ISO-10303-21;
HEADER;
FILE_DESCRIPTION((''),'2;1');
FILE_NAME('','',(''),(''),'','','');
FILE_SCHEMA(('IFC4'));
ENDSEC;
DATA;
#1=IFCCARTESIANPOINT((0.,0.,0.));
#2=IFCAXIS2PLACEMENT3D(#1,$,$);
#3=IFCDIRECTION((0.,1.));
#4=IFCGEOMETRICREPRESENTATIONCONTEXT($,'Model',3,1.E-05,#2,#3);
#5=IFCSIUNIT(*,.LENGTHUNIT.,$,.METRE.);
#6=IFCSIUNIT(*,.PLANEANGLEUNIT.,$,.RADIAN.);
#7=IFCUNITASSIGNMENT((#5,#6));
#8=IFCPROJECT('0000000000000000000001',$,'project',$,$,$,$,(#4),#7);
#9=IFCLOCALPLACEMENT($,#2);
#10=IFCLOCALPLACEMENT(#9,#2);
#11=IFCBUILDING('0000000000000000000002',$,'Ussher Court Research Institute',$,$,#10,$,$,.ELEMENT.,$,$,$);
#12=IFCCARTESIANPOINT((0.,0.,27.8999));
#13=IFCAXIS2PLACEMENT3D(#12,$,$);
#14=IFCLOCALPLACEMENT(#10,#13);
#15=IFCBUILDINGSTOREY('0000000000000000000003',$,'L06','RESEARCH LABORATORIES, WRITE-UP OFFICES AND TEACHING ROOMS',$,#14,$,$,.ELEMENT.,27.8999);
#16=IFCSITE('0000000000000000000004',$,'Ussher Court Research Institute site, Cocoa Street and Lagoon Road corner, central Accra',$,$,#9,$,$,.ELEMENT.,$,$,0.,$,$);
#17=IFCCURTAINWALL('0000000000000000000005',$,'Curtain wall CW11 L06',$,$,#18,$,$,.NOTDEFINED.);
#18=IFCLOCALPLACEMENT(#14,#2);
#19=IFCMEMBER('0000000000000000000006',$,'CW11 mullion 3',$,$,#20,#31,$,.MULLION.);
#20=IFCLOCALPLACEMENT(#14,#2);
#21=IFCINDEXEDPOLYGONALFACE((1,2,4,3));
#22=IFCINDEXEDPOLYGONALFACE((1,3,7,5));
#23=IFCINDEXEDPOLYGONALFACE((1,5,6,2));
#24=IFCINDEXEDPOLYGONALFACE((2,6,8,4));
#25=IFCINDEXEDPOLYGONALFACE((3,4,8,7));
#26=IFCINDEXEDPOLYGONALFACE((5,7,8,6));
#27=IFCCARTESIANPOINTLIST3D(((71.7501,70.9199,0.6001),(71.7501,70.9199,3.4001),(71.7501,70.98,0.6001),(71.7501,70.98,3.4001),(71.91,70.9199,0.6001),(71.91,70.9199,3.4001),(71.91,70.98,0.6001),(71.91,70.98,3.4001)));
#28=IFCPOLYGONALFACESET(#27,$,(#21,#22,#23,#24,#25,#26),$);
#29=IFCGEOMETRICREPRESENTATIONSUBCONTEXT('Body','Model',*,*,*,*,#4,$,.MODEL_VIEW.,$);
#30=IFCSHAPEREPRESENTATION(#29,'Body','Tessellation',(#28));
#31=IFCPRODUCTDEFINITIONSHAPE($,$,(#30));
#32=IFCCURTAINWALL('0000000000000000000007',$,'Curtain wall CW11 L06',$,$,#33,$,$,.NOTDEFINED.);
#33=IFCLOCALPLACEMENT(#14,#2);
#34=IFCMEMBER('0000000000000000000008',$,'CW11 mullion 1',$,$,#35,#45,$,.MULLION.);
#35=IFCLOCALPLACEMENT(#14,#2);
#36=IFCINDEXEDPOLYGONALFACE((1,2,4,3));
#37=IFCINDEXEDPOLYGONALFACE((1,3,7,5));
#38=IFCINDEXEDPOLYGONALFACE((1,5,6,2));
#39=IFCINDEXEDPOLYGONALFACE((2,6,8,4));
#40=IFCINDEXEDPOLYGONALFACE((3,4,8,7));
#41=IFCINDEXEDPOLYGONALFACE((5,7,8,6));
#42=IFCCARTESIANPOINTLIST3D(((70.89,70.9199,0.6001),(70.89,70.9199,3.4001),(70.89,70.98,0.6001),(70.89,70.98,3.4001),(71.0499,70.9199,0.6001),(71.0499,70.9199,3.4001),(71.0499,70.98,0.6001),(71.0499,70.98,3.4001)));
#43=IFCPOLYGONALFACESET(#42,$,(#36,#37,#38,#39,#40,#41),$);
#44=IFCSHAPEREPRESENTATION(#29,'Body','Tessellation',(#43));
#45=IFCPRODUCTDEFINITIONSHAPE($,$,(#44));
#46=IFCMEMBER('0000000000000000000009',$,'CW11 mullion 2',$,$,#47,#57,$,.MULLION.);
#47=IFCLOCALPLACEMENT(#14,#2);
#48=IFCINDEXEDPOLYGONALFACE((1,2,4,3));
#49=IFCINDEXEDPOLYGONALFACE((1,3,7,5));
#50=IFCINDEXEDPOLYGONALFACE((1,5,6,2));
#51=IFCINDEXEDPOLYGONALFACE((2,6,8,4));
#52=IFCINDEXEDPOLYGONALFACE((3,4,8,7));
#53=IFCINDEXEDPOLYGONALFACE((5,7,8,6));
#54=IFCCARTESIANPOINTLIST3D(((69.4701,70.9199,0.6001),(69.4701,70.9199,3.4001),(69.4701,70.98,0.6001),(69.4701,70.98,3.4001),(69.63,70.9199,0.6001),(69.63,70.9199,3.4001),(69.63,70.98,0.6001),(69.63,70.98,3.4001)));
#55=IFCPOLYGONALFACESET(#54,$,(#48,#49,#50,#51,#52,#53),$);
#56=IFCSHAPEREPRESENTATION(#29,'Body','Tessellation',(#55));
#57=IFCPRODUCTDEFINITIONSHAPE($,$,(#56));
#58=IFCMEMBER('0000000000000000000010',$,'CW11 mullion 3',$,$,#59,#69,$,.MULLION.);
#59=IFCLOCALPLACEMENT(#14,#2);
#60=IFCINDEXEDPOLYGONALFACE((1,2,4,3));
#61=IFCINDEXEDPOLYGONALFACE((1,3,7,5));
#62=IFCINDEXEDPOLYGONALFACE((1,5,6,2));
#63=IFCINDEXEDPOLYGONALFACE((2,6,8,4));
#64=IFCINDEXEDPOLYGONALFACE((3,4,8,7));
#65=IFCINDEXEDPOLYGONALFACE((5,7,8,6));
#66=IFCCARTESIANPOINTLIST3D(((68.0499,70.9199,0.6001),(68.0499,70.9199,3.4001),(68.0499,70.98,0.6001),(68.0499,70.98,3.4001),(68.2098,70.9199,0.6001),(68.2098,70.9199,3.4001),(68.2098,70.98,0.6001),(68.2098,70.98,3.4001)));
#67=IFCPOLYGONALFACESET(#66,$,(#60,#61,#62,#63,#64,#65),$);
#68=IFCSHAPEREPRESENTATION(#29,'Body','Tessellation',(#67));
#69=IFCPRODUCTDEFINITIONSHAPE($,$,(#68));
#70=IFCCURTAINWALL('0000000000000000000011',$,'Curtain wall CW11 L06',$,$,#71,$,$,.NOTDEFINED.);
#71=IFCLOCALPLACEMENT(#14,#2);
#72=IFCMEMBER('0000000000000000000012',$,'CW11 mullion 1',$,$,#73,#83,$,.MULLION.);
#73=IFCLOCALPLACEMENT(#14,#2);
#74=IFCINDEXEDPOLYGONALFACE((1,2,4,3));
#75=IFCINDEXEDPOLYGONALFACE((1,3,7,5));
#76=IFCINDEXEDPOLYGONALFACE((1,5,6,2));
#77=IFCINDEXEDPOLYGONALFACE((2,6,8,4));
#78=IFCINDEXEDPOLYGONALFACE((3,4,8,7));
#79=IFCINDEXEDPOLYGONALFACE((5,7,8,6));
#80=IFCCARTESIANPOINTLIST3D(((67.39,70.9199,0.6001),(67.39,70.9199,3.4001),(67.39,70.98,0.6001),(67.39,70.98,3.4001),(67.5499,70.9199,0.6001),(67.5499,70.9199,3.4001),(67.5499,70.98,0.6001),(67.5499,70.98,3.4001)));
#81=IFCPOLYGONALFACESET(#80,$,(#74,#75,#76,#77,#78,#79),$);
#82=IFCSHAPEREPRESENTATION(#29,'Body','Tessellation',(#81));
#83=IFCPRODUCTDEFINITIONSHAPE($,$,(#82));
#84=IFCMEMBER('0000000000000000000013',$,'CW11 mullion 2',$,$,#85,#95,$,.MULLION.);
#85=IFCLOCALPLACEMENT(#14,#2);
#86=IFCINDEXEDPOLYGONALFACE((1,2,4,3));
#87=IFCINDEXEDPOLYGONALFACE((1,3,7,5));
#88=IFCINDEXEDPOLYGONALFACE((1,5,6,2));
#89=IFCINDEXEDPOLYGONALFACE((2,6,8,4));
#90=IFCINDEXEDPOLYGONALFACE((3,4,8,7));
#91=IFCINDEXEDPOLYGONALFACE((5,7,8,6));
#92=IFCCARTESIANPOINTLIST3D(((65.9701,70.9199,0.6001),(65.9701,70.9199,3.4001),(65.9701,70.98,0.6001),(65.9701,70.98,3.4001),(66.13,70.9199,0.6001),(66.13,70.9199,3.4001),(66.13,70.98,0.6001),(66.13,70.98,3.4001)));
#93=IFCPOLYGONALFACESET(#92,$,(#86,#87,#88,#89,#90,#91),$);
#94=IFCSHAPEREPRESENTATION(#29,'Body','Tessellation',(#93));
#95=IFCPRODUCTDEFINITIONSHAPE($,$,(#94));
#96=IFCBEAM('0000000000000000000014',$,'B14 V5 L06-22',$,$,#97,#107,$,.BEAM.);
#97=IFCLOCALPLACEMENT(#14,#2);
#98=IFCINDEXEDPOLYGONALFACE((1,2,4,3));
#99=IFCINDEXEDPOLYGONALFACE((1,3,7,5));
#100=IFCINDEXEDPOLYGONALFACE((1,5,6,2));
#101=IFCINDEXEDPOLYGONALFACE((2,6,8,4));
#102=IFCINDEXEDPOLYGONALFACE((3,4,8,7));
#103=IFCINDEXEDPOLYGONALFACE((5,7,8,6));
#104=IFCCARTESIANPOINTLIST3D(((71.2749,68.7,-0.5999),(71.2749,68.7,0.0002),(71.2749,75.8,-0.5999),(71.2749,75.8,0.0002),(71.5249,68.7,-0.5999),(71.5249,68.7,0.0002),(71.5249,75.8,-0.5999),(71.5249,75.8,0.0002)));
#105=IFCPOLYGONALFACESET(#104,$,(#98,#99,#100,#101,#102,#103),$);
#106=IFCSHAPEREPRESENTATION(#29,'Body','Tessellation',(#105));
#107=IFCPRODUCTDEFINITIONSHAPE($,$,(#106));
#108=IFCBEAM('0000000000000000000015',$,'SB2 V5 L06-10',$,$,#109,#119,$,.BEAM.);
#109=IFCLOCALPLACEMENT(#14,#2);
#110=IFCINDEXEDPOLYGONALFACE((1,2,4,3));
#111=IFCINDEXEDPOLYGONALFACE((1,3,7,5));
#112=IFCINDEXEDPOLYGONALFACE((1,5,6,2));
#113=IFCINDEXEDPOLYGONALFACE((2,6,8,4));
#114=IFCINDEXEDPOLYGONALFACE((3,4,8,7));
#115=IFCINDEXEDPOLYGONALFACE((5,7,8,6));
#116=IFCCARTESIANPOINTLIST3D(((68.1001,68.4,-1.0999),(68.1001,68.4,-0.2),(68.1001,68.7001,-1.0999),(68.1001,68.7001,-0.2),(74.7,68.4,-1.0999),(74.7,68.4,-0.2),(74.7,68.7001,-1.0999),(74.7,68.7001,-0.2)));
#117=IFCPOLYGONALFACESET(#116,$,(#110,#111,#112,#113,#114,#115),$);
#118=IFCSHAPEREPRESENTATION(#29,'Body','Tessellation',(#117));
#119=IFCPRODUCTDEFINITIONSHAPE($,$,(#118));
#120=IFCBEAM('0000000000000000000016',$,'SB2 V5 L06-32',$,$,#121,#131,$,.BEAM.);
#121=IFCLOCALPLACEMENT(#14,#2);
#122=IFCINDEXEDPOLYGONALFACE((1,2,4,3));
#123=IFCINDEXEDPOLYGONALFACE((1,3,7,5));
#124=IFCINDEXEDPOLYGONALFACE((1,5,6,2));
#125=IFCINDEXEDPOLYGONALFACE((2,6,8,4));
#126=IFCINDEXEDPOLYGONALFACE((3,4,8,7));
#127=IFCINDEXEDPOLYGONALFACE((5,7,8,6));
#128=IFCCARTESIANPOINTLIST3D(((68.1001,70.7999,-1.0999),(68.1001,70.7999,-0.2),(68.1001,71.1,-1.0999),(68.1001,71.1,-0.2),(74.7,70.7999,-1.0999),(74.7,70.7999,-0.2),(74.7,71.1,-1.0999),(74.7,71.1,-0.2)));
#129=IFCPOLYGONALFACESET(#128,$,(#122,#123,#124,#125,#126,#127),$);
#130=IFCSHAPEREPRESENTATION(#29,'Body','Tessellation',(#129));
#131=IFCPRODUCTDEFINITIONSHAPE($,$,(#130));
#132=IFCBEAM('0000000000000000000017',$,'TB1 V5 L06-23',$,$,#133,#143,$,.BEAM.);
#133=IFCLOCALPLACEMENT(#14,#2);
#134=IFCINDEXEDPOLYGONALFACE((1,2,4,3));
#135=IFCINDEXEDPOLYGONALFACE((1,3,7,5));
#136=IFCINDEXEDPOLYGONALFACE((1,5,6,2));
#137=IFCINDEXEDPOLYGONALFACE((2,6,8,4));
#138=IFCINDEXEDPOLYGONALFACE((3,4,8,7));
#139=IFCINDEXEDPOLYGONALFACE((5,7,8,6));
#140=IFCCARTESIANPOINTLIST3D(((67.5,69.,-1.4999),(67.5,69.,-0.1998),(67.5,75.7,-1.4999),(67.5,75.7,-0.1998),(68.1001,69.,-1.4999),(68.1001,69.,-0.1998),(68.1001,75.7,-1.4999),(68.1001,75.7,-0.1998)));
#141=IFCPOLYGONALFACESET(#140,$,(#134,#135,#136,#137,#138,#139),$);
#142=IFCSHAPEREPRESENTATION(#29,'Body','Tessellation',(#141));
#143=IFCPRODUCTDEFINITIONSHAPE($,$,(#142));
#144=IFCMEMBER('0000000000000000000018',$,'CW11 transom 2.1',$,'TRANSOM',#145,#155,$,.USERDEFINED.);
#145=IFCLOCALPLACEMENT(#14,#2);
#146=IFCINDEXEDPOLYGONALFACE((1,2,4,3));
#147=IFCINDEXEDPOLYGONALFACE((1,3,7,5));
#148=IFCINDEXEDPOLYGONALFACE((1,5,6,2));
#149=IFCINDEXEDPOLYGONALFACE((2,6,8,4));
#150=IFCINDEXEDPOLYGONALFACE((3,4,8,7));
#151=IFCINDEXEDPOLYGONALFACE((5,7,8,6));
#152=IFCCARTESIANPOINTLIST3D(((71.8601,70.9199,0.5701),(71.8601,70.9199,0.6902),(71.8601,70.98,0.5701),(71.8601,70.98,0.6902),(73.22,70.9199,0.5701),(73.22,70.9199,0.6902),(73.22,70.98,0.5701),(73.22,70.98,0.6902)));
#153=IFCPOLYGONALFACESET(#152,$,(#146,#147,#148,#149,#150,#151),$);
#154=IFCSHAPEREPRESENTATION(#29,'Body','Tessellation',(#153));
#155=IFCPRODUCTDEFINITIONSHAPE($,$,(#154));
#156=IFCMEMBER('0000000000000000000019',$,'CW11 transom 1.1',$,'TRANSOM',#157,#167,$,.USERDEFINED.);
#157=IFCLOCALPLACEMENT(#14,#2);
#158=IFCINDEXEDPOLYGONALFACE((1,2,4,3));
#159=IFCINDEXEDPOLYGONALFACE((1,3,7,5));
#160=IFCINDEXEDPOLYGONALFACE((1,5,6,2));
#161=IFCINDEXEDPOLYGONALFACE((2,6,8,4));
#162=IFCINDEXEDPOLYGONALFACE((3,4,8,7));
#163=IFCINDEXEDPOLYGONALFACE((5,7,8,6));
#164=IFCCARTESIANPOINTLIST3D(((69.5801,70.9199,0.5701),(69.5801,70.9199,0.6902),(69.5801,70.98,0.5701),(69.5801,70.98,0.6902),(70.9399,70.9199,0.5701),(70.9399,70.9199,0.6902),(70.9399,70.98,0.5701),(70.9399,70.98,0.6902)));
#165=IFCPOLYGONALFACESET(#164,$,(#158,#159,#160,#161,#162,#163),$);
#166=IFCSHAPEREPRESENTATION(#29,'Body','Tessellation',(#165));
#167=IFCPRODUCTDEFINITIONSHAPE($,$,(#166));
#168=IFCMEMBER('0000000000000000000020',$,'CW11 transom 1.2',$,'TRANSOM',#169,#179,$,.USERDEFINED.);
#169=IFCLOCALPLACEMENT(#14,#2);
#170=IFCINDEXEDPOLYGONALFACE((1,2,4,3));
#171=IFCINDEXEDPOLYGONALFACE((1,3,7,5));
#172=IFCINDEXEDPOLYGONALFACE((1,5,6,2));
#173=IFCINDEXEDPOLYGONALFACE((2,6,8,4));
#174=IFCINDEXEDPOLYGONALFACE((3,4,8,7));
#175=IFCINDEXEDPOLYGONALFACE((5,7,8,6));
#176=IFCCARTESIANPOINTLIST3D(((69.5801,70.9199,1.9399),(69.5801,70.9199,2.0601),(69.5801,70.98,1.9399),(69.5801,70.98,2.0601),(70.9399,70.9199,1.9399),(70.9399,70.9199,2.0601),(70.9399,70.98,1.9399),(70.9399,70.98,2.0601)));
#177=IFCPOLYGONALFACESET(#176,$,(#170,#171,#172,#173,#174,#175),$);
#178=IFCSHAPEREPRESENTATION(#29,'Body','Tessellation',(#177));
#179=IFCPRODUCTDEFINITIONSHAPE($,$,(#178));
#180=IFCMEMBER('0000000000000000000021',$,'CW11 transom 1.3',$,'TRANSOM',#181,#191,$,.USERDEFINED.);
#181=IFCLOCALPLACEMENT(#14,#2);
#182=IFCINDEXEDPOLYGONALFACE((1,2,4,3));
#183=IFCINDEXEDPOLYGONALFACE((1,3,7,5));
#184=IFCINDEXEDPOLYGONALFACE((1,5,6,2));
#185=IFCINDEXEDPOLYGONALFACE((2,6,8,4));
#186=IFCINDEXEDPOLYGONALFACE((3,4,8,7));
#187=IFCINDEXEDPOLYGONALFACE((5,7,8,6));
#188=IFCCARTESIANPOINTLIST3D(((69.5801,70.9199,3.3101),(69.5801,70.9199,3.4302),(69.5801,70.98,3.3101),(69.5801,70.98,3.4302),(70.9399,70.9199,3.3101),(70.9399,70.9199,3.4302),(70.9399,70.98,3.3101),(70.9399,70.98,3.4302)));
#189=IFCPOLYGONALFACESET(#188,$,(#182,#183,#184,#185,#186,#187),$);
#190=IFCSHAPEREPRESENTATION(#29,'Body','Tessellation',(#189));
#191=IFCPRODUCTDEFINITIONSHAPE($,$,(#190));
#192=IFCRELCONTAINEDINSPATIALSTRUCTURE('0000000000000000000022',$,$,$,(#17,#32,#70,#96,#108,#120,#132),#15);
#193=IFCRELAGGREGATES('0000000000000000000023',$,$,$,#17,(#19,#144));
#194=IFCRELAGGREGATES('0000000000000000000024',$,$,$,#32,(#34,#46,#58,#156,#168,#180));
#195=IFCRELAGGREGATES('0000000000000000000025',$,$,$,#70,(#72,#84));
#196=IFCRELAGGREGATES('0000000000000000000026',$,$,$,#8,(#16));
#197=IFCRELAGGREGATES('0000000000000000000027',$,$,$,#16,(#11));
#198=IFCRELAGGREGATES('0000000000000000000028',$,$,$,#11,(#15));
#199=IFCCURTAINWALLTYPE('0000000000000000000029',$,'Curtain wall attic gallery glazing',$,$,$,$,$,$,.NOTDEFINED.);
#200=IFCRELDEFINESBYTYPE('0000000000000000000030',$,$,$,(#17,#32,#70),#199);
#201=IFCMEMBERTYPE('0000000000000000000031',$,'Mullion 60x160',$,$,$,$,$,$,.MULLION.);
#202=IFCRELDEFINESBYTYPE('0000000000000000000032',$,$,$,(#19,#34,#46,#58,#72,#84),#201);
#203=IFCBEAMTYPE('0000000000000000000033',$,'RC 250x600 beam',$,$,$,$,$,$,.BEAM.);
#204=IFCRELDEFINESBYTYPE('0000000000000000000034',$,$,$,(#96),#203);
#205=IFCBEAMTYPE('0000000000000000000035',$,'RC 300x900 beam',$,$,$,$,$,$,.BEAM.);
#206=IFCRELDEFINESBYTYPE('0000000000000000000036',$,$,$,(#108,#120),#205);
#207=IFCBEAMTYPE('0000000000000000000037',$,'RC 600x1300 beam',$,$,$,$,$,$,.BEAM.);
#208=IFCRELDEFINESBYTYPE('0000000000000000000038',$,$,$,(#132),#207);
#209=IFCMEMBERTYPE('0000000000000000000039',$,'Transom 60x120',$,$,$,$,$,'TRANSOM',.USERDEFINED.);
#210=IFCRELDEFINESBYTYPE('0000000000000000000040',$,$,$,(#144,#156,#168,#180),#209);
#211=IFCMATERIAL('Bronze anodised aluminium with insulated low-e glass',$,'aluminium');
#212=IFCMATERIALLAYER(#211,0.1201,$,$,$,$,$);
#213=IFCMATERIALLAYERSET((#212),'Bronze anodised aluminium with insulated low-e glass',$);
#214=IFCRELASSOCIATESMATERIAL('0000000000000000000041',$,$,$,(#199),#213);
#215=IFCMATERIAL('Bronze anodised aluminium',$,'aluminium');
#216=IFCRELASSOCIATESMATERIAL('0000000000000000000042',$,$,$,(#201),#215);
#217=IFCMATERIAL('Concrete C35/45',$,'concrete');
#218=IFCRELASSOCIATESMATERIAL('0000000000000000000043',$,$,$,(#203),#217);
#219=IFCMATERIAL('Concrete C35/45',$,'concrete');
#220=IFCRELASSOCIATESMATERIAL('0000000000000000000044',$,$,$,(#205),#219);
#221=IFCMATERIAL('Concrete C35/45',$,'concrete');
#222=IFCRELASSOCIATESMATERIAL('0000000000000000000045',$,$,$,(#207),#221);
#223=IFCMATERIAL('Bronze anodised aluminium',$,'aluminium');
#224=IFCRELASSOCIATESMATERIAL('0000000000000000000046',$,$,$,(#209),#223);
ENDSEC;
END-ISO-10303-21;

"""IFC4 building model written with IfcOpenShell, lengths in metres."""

from ifc_helpers import new_model, si_unit, direction, frame, origin, origin_2d, place, context, subcontext, project, spatial, rectangle, extrude, material, layer, layer_set, material_profile, profile_set, type_object, element, aggregate, save


model = new_model("IFC4")

# Units and contexts
model_context = context("Model", 3, precision=1e-05, world=origin(), true_north=direction((0.0, 1.0)))
body_context = subcontext(model_context, "Body", "Model", "MODEL_VIEW")
ifc_project = project(units=[si_unit("LENGTHUNIT", "METRE"), si_unit("PLANEANGLEUNIT", "RADIAN")], contexts=[model_context])

# Site, building, storey
site_placement = place(None, origin())
site = spatial("IfcSite", under=ifc_project, at=site_placement, Name="Ussher Court Research Institute site, Cocoa Street and Lagoon Road corner, central Accra", CompositionType="ELEMENT", RefElevation=0.0)
building_placement = place(site_placement, origin())
building = spatial("IfcBuilding", under=site, at=building_placement, Name="Ussher Court Research Institute", CompositionType="ELEMENT")
storey_placement = place(building_placement, frame((0.0, 0.0, 27.8999)))
storey = spatial("IfcBuildingStorey", under=building, at=storey_placement, Name="L06", Description="RESEARCH LABORATORIES, WRITE-UP OFFICES AND TEACHING ROOMS", CompositionType="ELEMENT", Elevation=27.8999)

# Curtain wall, member
ifc_material_1 = material(Name="Bronze anodised aluminium with insulated low-e glass", Category="aluminium")
ifc_layer_1 = layer(ifc_material_1, 0.1201)
ifc_layer_set_1 = layer_set([ifc_layer_1], Name="Bronze anodised aluminium with insulated low-e glass")
curtain_wall_type = type_object("IfcCurtainWallType", Name="Curtain wall attic gallery glazing", PredefinedType="NOTDEFINED", material=ifc_layer_set_1)
curtain_wall_1_placement = place(storey_placement, origin())
curtain_wall_1 = element("IfcCurtainWall", 1, at=curtain_wall_1_placement, inside=storey, type_object=curtain_wall_type, Name="Curtain wall CW11 L06", PredefinedType="NOTDEFINED")
ifc_material_2 = material(Name="Bronze anodised aluminium", Category="aluminium")
ifc_material_profile_1 = material_profile(ifc_material_2, rectangle(XDim=0.0601, YDim=0.1599, at=origin_2d()), Name="Mullion 60x160")
ifc_profile_set_1 = profile_set([ifc_material_profile_1], Name="Bronze anodised aluminium")
member_type_1 = type_object("IfcMemberType", Name="Mullion 60x160", PredefinedType="MULLION", material=ifc_profile_set_1)
member_1_placement = place(storey_placement, frame((71.8301, 70.95, 0.6001), z_axis=(0.0, 0.0, 1.0), x_axis=(0.0, -1.0, 0.0)))
member_1 = element("IfcMember", 2, at=member_1_placement, type_object=member_type_1, Name="CW11 mullion 3", PredefinedType="MULLION", context=body_context, shape_type="SweptSolid", body=[
    extrude(rectangle(XDim=0.0601, YDim=0.1599, at=origin_2d()), origin(), (0.0, 0.0, 1.0), 2.8),
])

# Curtain walls, members
curtain_wall_2_placement = place(storey_placement, origin())
curtain_wall_2 = element("IfcCurtainWall", 3, at=curtain_wall_2_placement, inside=storey, type_object=curtain_wall_type, Name="Curtain wall CW11 L06", PredefinedType="NOTDEFINED")
member_2_placement = place(storey_placement, frame((70.97, 70.95, 0.6001), z_axis=(0.0, 0.0, 1.0), x_axis=(0.0, -1.0, 0.0)))
member_2 = element("IfcMember", 4, at=member_2_placement, type_object=member_type_1, Name="CW11 mullion 1", PredefinedType="MULLION", context=body_context, shape_type="SweptSolid", body=[
    extrude(rectangle(XDim=0.0601, YDim=0.1599, at=origin_2d()), origin(), (0.0, 0.0, 1.0), 2.8),
])
member_3_placement = place(storey_placement, frame((69.55, 70.95, 0.6001), z_axis=(0.0, 0.0, 1.0), x_axis=(0.0, -1.0, 0.0)))
member_3 = element("IfcMember", 5, at=member_3_placement, type_object=member_type_1, Name="CW11 mullion 2", PredefinedType="MULLION", context=body_context, shape_type="SweptSolid", body=[
    extrude(rectangle(XDim=0.0601, YDim=0.1599, at=origin_2d()), origin(), (0.0, 0.0, 1.0), 2.8),
])
member_4_placement = place(storey_placement, frame((68.1299, 70.95, 0.6001), z_axis=(0.0, 0.0, 1.0), x_axis=(0.0, -1.0, 0.0)))
member_4 = element("IfcMember", 6, at=member_4_placement, type_object=member_type_1, Name="CW11 mullion 3", PredefinedType="MULLION", context=body_context, shape_type="SweptSolid", body=[
    extrude(rectangle(XDim=0.0601, YDim=0.1599, at=origin_2d()), origin(), (0.0, 0.0, 1.0), 2.8),
])
curtain_wall_3_placement = place(storey_placement, origin())
curtain_wall_3 = element("IfcCurtainWall", 7, at=curtain_wall_3_placement, inside=storey, type_object=curtain_wall_type, Name="Curtain wall CW11 L06", PredefinedType="NOTDEFINED")
member_5_placement = place(storey_placement, frame((67.47, 70.95, 0.6001), z_axis=(0.0, 0.0, 1.0), x_axis=(0.0, -1.0, 0.0)))
member_5 = element("IfcMember", 8, at=member_5_placement, type_object=member_type_1, Name="CW11 mullion 1", PredefinedType="MULLION", context=body_context, shape_type="SweptSolid", body=[
    extrude(rectangle(XDim=0.0601, YDim=0.1599, at=origin_2d()), origin(), (0.0, 0.0, 1.0), 2.8),
])
member_6_placement = place(storey_placement, frame((66.05, 70.95, 0.6001), z_axis=(0.0, 0.0, 1.0), x_axis=(0.0, -1.0, 0.0)))
member_6 = element("IfcMember", 9, at=member_6_placement, type_object=member_type_1, Name="CW11 mullion 2", PredefinedType="MULLION", context=body_context, shape_type="SweptSolid", body=[
    extrude(rectangle(XDim=0.0601, YDim=0.1599, at=origin_2d()), origin(), (0.0, 0.0, 1.0), 2.8),
])

# Beams
ifc_material_3 = material(Name="Concrete C35/45", Category="concrete")
ifc_material_profile_2 = material_profile(ifc_material_3, rectangle(XDim=0.25, YDim=0.6001, at=origin_2d()), Name="RC 250x600")
ifc_profile_set_2 = profile_set([ifc_material_profile_2], Name="Concrete C35/45")
beam_type_1 = type_object("IfcBeamType", Name="RC 250x600 beam", PredefinedType="BEAM", material=ifc_profile_set_2)
beam_1_placement = place(storey_placement, frame((71.3999, 68.7, -0.2998), z_axis=(0.0, 1.0, 0.0), x_axis=(-1.0, 0.0, 0.0)))
element("IfcBeam", 10, at=beam_1_placement, inside=storey, type_object=beam_type_1, Name="B14 V5 L06-22", PredefinedType="BEAM", context=body_context, shape_type="SweptSolid", body=[
    extrude(rectangle(XDim=0.25, YDim=0.6001, at=origin_2d()), origin(), (0.0, 0.0, 1.0), 7.1001),
])
ifc_material_4 = material(Name="Concrete C35/45", Category="concrete")
ifc_material_profile_3 = material_profile(ifc_material_4, rectangle(XDim=0.3, YDim=0.8999, at=origin_2d()), Name="RC 300x900")
ifc_profile_set_3 = profile_set([ifc_material_profile_3], Name="Concrete C35/45")
beam_type_2 = type_object("IfcBeamType", Name="RC 300x900 beam", PredefinedType="BEAM", material=ifc_profile_set_3)
for number, where, z_axis, x_axis, name in (
    (11, (68.1001, 68.55, -0.6499), (1.0, 0.0, 0.0), (0.0, 1.0, 0.0), "SB2 V5 L06-10"),
    (12, (68.1001, 70.95, -0.6499), (1.0, 0.0, 0.0), (0.0, 1.0, 0.0), "SB2 V5 L06-32"),
):
    element("IfcBeam", number, at=place(storey_placement, frame(where, z_axis=z_axis, x_axis=x_axis)), inside=storey, type_object=beam_type_2, Name=name, PredefinedType="BEAM", context=body_context, shape_type="SweptSolid", body=[
        extrude(rectangle(XDim=0.3, YDim=0.8999, at=origin_2d()), origin(), (0.0, 0.0, 1.0), 6.5999),
    ])
ifc_material_5 = material(Name="Concrete C35/45", Category="concrete")
ifc_material_profile_4 = material_profile(ifc_material_5, rectangle(XDim=0.6001, YDim=1.3, at=origin_2d()), Name="RC 600x1300")
ifc_profile_set_4 = profile_set([ifc_material_profile_4], Name="Concrete C35/45")
beam_type_3 = type_object("IfcBeamType", Name="RC 600x1300 beam", PredefinedType="BEAM", material=ifc_profile_set_4)
beam_2_placement = place(storey_placement, frame((67.8, 69.0, -0.8499), z_axis=(0.0, 1.0, 0.0), x_axis=(-1.0, 0.0, 0.0)))
element("IfcBeam", 13, at=beam_2_placement, inside=storey, type_object=beam_type_3, Name="TB1 V5 L06-23", PredefinedType="BEAM", context=body_context, shape_type="SweptSolid", body=[
    extrude(rectangle(XDim=0.6001, YDim=1.3, at=origin_2d()), origin(), (0.0, 0.0, 1.0), 6.7),
])

# Members
ifc_material_6 = material(Name="Bronze anodised aluminium", Category="aluminium")
ifc_material_profile_5 = material_profile(ifc_material_6, rectangle(XDim=0.0601, YDim=0.1201, at=origin_2d()), Name="Transom 60x120")
ifc_profile_set_5 = profile_set([ifc_material_profile_5], Name="Bronze anodised aluminium")
member_type_2 = type_object("IfcMemberType", Name="Transom 60x120", ElementType="TRANSOM", PredefinedType="USERDEFINED", material=ifc_profile_set_5)
member_7_placement = place(storey_placement, frame((73.22, 70.95, 0.6301), z_axis=(-1.0, 0.0, 0.0), x_axis=(0.0, -1.0, 0.0)))
member_7 = element("IfcMember", 14, at=member_7_placement, type_object=member_type_2, Name="CW11 transom 2.1", ObjectType="TRANSOM", PredefinedType="USERDEFINED", context=body_context, shape_type="SweptSolid", body=[
    extrude(rectangle(XDim=0.0601, YDim=0.1201, at=origin_2d()), origin(), (0.0, 0.0, 1.0), 1.3599),
])
member_8_placement = place(storey_placement, frame((70.9399, 70.95, 0.6301), z_axis=(-1.0, 0.0, 0.0), x_axis=(0.0, -1.0, 0.0)))
member_8 = element("IfcMember", 15, at=member_8_placement, type_object=member_type_2, Name="CW11 transom 1.1", ObjectType="TRANSOM", PredefinedType="USERDEFINED", context=body_context, shape_type="SweptSolid", body=[
    extrude(rectangle(XDim=0.0601, YDim=0.1201, at=origin_2d()), origin(), (0.0, 0.0, 1.0), 1.3599),
])
member_9_placement = place(storey_placement, frame((70.9399, 70.95, 2.0), z_axis=(-1.0, 0.0, 0.0), x_axis=(0.0, -1.0, 0.0)))
member_9 = element("IfcMember", 16, at=member_9_placement, type_object=member_type_2, Name="CW11 transom 1.2", ObjectType="TRANSOM", PredefinedType="USERDEFINED", context=body_context, shape_type="SweptSolid", body=[
    extrude(rectangle(XDim=0.0601, YDim=0.1201, at=origin_2d()), origin(), (0.0, 0.0, 1.0), 1.3599),
])
member_10_placement = place(storey_placement, frame((70.9399, 70.95, 3.3701), z_axis=(-1.0, 0.0, 0.0), x_axis=(0.0, -1.0, 0.0)))
member_10 = element("IfcMember", 17, at=member_10_placement, type_object=member_type_2, Name="CW11 transom 1.3", ObjectType="TRANSOM", PredefinedType="USERDEFINED", context=body_context, shape_type="SweptSolid", body=[
    extrude(rectangle(XDim=0.0601, YDim=0.1201, at=origin_2d()), origin(), (0.0, 0.0, 1.0), 1.3599),
])

aggregate(curtain_wall_1, [member_1, member_7])
aggregate(curtain_wall_2, [member_2, member_3, member_4, member_8, member_9, member_10])
aggregate(curtain_wall_3, [member_5, member_6])

save(model, "model.ifc")
